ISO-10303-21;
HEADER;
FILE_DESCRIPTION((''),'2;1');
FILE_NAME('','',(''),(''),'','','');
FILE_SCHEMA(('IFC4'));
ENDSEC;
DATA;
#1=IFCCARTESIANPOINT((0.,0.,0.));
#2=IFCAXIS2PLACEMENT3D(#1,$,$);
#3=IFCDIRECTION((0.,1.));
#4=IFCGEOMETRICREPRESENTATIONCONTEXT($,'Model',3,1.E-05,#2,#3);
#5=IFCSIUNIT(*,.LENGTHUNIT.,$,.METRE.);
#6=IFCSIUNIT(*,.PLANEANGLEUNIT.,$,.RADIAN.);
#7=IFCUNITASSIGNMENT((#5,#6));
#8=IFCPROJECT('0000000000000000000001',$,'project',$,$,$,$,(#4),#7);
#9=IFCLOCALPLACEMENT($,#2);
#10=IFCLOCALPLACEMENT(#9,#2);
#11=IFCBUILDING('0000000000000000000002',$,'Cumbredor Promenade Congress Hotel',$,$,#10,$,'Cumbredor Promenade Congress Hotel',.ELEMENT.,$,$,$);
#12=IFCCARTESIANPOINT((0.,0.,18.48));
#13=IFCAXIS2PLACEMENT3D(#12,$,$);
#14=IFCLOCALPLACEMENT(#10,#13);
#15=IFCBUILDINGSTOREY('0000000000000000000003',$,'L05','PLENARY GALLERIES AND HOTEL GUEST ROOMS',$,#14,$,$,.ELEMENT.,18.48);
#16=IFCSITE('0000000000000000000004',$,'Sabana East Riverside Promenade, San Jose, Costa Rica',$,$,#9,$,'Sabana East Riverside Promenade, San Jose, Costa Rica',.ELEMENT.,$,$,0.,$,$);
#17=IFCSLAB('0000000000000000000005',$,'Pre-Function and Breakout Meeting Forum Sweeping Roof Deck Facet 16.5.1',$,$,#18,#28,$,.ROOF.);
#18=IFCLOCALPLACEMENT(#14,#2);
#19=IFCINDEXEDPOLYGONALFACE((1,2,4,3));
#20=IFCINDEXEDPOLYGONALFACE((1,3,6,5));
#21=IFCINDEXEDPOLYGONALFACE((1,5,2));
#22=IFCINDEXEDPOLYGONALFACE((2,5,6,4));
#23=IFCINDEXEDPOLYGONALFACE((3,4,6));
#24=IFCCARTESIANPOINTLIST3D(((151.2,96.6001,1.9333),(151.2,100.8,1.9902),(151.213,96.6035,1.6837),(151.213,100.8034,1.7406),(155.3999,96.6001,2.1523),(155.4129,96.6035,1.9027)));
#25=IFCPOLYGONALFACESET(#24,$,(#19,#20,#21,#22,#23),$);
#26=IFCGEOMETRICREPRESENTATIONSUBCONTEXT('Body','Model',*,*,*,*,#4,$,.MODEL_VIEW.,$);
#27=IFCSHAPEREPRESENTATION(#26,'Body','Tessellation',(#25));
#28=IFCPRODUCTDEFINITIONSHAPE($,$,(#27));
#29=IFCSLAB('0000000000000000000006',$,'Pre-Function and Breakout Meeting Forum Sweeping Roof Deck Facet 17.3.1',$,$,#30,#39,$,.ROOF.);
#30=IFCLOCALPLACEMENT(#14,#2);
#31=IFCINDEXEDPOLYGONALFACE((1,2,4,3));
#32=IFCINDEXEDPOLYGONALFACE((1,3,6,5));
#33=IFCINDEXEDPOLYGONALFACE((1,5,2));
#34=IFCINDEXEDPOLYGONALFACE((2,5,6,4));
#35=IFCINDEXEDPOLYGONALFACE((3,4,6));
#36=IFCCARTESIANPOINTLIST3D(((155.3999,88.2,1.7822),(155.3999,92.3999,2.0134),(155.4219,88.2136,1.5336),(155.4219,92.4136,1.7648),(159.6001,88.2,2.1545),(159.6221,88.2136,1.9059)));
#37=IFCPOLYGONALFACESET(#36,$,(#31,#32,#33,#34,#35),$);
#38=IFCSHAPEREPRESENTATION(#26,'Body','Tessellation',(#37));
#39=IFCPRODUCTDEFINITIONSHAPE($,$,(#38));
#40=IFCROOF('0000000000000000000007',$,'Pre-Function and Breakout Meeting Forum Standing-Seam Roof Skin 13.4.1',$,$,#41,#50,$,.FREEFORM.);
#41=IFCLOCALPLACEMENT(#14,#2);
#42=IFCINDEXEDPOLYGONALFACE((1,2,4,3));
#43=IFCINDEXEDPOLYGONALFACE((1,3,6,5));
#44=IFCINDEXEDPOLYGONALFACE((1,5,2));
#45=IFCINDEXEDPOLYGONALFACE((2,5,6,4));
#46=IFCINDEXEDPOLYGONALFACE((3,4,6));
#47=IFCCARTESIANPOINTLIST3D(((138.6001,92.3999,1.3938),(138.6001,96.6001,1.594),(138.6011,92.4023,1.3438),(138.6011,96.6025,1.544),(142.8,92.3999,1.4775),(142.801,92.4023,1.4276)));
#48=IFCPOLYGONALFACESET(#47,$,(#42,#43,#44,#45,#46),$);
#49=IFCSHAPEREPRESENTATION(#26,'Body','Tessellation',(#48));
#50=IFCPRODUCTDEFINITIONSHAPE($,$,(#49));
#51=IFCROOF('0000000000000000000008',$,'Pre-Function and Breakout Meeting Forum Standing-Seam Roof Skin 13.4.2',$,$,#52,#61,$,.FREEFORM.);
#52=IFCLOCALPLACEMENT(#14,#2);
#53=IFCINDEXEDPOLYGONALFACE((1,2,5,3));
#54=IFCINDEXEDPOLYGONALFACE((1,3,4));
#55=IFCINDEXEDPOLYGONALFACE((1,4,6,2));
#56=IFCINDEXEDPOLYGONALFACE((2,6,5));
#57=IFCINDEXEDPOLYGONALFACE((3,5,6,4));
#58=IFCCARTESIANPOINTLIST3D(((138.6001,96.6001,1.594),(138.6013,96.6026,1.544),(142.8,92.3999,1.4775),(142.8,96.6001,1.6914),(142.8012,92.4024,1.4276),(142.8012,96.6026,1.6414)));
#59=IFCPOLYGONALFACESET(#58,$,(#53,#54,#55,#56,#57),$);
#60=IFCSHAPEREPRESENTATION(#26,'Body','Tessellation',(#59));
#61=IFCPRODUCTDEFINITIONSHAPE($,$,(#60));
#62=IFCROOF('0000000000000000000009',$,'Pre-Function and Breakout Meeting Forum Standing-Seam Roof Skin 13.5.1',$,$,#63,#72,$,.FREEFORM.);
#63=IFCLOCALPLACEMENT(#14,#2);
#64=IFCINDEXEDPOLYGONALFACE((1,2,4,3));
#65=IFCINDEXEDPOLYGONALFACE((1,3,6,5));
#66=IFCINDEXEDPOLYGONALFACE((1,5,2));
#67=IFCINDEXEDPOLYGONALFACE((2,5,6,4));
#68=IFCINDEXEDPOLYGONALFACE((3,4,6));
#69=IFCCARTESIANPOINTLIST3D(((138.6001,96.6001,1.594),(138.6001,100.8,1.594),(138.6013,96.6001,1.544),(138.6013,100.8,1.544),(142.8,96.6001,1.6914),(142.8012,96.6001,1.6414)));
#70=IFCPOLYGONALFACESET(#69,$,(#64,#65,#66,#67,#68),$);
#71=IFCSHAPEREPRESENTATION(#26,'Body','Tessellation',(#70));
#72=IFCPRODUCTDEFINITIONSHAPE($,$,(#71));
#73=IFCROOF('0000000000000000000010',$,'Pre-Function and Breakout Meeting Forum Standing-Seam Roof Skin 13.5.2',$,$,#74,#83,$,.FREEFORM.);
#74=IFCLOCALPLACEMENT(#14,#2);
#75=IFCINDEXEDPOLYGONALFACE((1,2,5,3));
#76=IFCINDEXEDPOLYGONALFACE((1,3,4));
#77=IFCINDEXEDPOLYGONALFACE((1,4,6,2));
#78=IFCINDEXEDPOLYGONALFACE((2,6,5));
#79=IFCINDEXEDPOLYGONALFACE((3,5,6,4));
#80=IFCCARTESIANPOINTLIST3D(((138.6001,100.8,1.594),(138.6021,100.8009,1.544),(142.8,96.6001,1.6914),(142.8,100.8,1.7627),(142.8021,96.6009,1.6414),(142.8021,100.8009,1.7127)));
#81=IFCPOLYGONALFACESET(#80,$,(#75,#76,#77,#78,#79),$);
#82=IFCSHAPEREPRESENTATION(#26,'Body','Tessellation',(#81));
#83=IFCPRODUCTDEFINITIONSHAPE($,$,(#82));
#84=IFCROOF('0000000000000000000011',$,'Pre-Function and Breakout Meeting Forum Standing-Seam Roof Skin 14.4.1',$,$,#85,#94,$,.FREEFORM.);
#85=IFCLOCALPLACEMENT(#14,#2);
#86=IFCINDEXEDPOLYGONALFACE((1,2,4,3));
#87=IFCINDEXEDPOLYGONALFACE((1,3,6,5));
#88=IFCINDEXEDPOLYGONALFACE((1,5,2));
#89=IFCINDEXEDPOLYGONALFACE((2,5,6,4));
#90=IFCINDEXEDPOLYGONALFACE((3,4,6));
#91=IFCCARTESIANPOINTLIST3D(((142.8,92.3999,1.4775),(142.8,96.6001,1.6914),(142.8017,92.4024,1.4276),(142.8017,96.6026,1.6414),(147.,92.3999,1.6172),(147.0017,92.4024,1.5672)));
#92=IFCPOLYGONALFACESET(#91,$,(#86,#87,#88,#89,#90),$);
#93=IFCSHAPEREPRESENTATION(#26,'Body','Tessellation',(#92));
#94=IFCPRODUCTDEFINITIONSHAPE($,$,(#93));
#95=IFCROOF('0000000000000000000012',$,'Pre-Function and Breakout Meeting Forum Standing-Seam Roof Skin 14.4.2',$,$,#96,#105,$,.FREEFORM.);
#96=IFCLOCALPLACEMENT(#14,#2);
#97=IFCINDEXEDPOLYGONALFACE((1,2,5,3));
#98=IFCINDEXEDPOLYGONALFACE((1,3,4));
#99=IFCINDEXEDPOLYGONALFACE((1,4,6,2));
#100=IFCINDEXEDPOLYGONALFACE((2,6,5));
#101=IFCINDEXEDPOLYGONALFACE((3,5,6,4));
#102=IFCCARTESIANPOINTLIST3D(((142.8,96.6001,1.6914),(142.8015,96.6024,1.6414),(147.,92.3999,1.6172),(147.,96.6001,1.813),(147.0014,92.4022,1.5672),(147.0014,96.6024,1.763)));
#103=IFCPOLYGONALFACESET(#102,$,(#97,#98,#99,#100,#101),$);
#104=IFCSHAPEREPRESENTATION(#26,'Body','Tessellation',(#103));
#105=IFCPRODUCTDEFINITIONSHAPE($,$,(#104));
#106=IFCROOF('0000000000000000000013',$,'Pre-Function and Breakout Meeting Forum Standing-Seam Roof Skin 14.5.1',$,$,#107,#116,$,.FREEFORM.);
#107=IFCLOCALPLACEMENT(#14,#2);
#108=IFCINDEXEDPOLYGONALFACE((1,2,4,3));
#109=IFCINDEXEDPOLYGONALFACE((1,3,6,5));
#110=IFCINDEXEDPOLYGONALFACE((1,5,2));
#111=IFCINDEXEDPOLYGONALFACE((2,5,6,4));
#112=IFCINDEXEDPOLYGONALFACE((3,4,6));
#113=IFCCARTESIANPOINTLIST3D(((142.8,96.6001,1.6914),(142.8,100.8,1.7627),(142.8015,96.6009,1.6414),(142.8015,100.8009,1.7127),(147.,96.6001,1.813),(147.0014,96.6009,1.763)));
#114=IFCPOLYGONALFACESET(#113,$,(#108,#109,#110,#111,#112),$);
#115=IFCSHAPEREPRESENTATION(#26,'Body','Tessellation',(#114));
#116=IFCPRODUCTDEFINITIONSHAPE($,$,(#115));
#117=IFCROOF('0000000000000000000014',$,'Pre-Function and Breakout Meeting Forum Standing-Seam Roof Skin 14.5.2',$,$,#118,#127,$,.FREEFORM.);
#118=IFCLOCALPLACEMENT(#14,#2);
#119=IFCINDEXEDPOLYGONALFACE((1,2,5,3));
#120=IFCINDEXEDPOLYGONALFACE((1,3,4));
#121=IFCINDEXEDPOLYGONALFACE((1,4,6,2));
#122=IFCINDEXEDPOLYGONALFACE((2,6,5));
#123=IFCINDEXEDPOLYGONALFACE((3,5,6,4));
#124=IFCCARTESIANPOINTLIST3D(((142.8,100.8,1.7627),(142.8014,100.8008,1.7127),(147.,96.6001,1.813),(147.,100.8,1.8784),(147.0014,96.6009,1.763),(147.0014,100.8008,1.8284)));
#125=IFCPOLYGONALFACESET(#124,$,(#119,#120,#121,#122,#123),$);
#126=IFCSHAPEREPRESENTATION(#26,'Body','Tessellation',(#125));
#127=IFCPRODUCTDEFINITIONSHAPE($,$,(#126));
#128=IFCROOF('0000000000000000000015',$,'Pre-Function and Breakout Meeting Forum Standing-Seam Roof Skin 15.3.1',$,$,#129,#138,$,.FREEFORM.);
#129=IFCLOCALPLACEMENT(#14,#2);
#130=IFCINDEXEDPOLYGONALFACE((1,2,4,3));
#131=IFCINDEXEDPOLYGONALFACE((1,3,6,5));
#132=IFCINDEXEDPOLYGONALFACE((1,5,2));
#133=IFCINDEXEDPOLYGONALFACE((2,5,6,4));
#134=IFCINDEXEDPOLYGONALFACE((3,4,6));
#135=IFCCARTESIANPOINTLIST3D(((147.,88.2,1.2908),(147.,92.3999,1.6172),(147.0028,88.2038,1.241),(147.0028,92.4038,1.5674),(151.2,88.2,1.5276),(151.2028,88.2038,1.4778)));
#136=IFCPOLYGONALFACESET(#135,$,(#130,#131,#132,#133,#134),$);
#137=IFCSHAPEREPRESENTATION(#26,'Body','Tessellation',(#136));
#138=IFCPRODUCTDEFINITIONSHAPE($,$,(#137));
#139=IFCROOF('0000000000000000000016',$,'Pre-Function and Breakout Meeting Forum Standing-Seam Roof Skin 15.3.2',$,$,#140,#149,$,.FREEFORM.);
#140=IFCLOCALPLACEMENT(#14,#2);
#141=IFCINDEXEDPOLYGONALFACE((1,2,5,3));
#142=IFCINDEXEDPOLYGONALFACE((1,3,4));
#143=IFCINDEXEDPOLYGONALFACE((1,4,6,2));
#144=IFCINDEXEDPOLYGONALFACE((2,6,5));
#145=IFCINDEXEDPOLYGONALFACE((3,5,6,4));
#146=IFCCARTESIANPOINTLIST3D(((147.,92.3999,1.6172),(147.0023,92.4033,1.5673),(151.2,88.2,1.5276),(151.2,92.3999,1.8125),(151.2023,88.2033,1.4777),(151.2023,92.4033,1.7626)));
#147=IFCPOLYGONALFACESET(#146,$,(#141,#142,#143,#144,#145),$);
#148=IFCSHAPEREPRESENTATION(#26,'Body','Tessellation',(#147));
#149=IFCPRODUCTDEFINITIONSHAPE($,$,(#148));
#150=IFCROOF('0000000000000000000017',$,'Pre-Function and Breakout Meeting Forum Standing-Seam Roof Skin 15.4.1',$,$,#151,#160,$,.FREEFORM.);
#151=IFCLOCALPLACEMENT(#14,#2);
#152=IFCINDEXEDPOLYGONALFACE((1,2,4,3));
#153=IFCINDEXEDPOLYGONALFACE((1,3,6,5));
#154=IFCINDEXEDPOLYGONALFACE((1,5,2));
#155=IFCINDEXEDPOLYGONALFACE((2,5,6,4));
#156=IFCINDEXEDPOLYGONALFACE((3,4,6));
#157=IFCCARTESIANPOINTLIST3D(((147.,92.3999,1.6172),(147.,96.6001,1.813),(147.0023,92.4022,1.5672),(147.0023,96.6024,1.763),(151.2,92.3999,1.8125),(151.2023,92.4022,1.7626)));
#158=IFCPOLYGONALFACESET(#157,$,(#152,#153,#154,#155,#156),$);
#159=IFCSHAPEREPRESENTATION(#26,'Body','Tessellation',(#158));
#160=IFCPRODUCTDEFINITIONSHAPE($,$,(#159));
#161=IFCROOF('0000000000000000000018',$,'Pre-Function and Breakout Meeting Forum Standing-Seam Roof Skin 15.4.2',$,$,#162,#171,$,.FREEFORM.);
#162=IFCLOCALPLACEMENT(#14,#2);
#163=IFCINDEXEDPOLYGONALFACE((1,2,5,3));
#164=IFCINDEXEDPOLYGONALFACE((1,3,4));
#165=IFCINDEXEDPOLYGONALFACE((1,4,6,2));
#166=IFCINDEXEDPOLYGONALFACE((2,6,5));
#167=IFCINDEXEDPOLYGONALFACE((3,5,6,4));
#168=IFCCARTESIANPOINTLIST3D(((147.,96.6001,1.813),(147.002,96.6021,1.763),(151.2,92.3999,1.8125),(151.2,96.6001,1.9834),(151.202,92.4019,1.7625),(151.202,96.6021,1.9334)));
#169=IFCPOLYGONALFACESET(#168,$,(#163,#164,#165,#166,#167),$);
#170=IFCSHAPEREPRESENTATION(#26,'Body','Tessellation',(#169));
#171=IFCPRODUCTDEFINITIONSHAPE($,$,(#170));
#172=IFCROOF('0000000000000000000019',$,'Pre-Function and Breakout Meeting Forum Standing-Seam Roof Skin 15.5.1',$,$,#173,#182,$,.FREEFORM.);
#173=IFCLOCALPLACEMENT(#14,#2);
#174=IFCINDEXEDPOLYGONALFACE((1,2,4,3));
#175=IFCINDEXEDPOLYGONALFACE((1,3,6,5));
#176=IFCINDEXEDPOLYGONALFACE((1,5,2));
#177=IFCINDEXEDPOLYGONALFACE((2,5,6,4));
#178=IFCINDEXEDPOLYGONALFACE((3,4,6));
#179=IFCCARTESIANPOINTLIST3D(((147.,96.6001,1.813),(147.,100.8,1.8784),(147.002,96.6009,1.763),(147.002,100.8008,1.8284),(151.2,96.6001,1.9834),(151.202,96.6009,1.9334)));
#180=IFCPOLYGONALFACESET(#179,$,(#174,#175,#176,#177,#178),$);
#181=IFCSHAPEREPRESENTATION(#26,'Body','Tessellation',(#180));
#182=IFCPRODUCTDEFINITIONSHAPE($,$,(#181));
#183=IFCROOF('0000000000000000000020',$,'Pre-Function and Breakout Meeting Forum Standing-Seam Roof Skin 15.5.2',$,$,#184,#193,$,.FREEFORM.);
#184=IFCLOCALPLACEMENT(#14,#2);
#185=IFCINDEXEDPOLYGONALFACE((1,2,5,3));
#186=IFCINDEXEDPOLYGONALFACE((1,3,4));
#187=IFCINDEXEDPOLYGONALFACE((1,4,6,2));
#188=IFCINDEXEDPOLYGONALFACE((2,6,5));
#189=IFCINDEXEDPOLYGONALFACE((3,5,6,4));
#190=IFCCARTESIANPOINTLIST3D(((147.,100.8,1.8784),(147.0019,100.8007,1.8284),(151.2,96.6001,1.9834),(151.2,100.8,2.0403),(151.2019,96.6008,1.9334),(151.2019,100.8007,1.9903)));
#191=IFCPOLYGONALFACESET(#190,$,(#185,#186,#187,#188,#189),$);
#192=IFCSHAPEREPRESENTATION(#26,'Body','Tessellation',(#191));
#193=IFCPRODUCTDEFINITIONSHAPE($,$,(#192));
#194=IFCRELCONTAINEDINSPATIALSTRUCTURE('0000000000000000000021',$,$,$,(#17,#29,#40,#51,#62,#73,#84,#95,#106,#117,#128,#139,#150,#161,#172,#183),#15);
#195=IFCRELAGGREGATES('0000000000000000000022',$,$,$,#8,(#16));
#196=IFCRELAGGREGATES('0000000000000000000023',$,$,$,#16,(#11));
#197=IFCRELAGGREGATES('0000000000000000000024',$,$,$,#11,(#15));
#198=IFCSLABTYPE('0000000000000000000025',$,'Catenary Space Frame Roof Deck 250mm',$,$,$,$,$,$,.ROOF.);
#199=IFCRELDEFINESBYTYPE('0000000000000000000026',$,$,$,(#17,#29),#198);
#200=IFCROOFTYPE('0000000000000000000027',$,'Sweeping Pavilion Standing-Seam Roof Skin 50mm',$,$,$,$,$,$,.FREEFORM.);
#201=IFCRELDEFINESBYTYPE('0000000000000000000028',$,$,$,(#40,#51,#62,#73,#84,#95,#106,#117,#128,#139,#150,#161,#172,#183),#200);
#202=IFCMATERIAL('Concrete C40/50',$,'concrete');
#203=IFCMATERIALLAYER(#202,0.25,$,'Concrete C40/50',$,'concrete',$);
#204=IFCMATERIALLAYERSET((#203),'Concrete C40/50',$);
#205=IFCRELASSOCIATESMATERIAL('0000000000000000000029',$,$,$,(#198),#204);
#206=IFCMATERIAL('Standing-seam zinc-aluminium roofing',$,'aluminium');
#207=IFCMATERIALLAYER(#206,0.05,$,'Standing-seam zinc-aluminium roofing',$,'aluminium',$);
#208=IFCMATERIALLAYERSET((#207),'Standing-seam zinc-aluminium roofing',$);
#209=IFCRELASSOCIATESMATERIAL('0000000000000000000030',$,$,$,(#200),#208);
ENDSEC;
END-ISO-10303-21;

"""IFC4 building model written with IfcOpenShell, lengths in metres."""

from ifc_helpers import new_model, si_unit, direction, frame, origin, place, context, subcontext, project, spatial, polyline, outline, extrude, material, layer, layer_set, type_object, element, save


model = new_model("IFC4")

# Units and contexts
model_context = context("Model", 3, precision=1e-05, world=origin(), true_north=direction((0.0, 1.0)))
body_context = subcontext(model_context, "Body", "Model", "MODEL_VIEW")
ifc_project = project(units=[si_unit("LENGTHUNIT", "METRE"), si_unit("PLANEANGLEUNIT", "RADIAN")], contexts=[model_context])

# Site, building, storey
site_placement = place(None, origin())
site = spatial("IfcSite", under=ifc_project, at=site_placement, Name="Sabana East Riverside Promenade, San Jose, Costa Rica", LongName="Sabana East Riverside Promenade, San Jose, Costa Rica", CompositionType="ELEMENT", RefElevation=0.0)
building_placement = place(site_placement, origin())
building = spatial("IfcBuilding", under=site, at=building_placement, Name="Cumbredor Promenade Congress Hotel", LongName="Cumbredor Promenade Congress Hotel", CompositionType="ELEMENT")
storey_placement = place(building_placement, frame((0.0, 0.0, 18.48)))
storey = spatial("IfcBuildingStorey", under=building, at=storey_placement, Name="L05", Description="PLENARY GALLERIES AND HOTEL GUEST ROOMS", CompositionType="ELEMENT", Elevation=18.48)

# Slabs
ifc_material_1 = material(Name="Concrete C40/50", Category="concrete")
ifc_layer_1 = layer(ifc_material_1, 0.25, Name="Concrete C40/50", Category="concrete")
ifc_layer_set_1 = layer_set([ifc_layer_1], Name="Concrete C40/50")
slab_type = type_object("IfcSlabType", Name="Catenary Space Frame Roof Deck 250mm", PredefinedType="ROOF", material=ifc_layer_set_1)
slab_1_placement = place(storey_placement, frame((151.2, 96.6001, 1.9333), z_axis=(-0.052067, -0.013525, 0.998552), x_axis=(0.998643, 0.0, 0.052071)))
element("IfcSlab", 1, at=slab_1_placement, inside=storey, type_object=slab_type, Name="Pre-Function and Breakout Meeting Forum Sweeping Roof Deck Facet 16.5.1", PredefinedType="ROOF", context=body_context, shape_type="SweptSolid", body=[
    extrude(outline(polyline([(0.0, 0.0), (4.2057, 0.0), (0.003, 4.2003), (0.0, 0.0)])), origin(), (0.0, 0.0, -1.0), 0.25),
])
slab_2_placement = place(storey_placement, frame((155.3999, 88.2, 1.7822), z_axis=(-0.088164, -0.054751, 0.9946), x_axis=(0.996094, 0.0, 0.088296)))
element("IfcSlab", 2, at=slab_2_placement, inside=storey, type_object=slab_type, Name="Pre-Function and Breakout Meeting Forum Sweeping Roof Deck Facet 17.3.1", PredefinedType="ROOF", context=body_context, shape_type="SweptSolid", body=[
    extrude(outline(polyline([(0.0, 0.0), (4.2167, 0.0), (0.0204, 4.2063), (0.0, 0.0)])), origin(), (0.0, 0.0, -1.0), 0.25),
])

# Roofs
ifc_material_2 = material(Name="Standing-seam zinc-aluminium roofing", Category="aluminium")
ifc_layer_2 = layer(ifc_material_2, 0.05, Name="Standing-seam zinc-aluminium roofing", Category="aluminium")
ifc_layer_set_2 = layer_set([ifc_layer_2], Name="Standing-seam zinc-aluminium roofing")
roof_type = type_object("IfcRoofType", Name="Sweeping Pavilion Standing-Seam Roof Skin 50mm", PredefinedType="FREEFORM", material=ifc_layer_set_2)
roof_1_placement = place(storey_placement, frame((138.6001, 92.3999, 1.3938), z_axis=(-0.019912, -0.0476, 0.998668), x_axis=(0.999801, 0.0, 0.019934)))
element("IfcRoof", 3, at=roof_1_placement, inside=storey, type_object=roof_type, Name="Pre-Function and Breakout Meeting Forum Standing-Seam Roof Skin 13.4.1", PredefinedType="FREEFORM", context=body_context, shape_type="SweptSolid", body=[
    extrude(outline(polyline([(0.0, 0.0), (4.2008, 0.0), (0.004, 4.205), (0.0, 0.0)])), origin(), (0.0, 0.0, -1.0), 0.05),
])
roof_2_placement = place(storey_placement, frame((142.8, 92.3999, 1.4775), z_axis=(-0.023157, -0.050839, 0.998438), x_axis=(0.0, 0.998706, 0.050853)))
element("IfcRoof", 4, at=roof_2_placement, inside=storey, type_object=roof_type, Name="Pre-Function and Breakout Meeting Forum Standing-Seam Roof Skin 13.4.2", PredefinedType="FREEFORM", context=body_context, shape_type="SweptSolid", body=[
    extrude(outline(polyline([(0.0, 0.0), (4.2056, 0.0), (4.2007, 4.2011), (0.0, 0.0)])), origin(), (0.0, 0.0, -1.0), 0.05),
])
roof_3_placement = place(storey_placement, frame((138.6001, 96.6001, 1.594), z_axis=(-0.023187, 0.0, 0.999731), x_axis=(0.999731, 0.0, 0.023187)))
element("IfcRoof", 5, at=roof_3_placement, inside=storey, type_object=roof_type, Name="Pre-Function and Breakout Meeting Forum Standing-Seam Roof Skin 13.5.1", PredefinedType="FREEFORM", context=body_context, shape_type="SweptSolid", body=[
    extrude(outline(polyline([(0.0, 0.0), (4.2011, 0.0), (0.0, 4.2), (0.0, 0.0)])), origin(), (0.0, 0.0, -1.0), 0.05),
])
roof_4_placement = place(storey_placement, frame((142.8, 96.6001, 1.6914), z_axis=(-0.040129, -0.016958, 0.999051), x_axis=(0.0, 0.999856, 0.016971)))
element("IfcRoof", 6, at=roof_4_placement, inside=storey, type_object=roof_type, Name="Pre-Function and Breakout Meeting Forum Standing-Seam Roof Skin 13.5.2", PredefinedType="FREEFORM", context=body_context, shape_type="SweptSolid", body=[
    extrude(outline(polyline([(0.0, 0.0), (4.2006, 0.0), (4.1977, 4.2033), (0.0, 0.0)])), origin(), (0.0, 0.0, -1.0), 0.05),
])
roof_5_placement = place(storey_placement, frame((142.8, 92.3999, 1.4775), z_axis=(-0.033189, -0.050824, 0.998156), x_axis=(0.999448, 0.0, 0.033232)))
element("IfcRoof", 7, at=roof_5_placement, inside=storey, type_object=roof_type, Name="Pre-Function and Breakout Meeting Forum Standing-Seam Roof Skin 14.4.1", PredefinedType="FREEFORM", context=body_context, shape_type="SweptSolid", body=[
    extrude(outline(polyline([(0.0, 0.0), (4.2023, 0.0), (0.0071, 4.2056), (0.0, 0.0)])), origin(), (0.0, 0.0, -1.0), 0.05),
])
roof_6_placement = place(storey_placement, frame((147.0, 92.3999, 1.6172), z_axis=(-0.028905, -0.046547, 0.998498), x_axis=(0.0, 0.998915, 0.046566)))
element("IfcRoof", 8, at=roof_6_placement, inside=storey, type_object=roof_type, Name="Pre-Function and Breakout Meeting Forum Standing-Seam Roof Skin 14.4.2", PredefinedType="FREEFORM", context=body_context, shape_type="SweptSolid", body=[
    extrude(outline(polyline([(0.0, 0.0), (4.2048, 0.0), (4.1991, 4.2017), (0.0, 0.0)])), origin(), (0.0, 0.0, -1.0), 0.05),
])
roof_7_placement = place(storey_placement, frame((142.8, 96.6001, 1.6914), z_axis=(-0.028932, -0.016964, 0.999437), x_axis=(0.999581, 0.0, 0.028936)))
element("IfcRoof", 9, at=roof_7_placement, inside=storey, type_object=roof_type, Name="Pre-Function and Breakout Meeting Forum Standing-Seam Roof Skin 14.5.1", PredefinedType="FREEFORM", context=body_context, shape_type="SweptSolid", body=[
    extrude(outline(polyline([(0.0, 0.0), (4.2017, 0.0), (0.0021, 4.2006), (0.0, 0.0)])), origin(), (0.0, 0.0, -1.0), 0.05),
])
roof_8_placement = place(storey_placement, frame((147.0, 96.6001, 1.813), z_axis=(-0.02754, -0.015571, 0.999499), x_axis=(0.0, 0.999879, 0.015577)))
element("IfcRoof", 10, at=roof_8_placement, inside=storey, type_object=roof_type, Name="Pre-Function and Breakout Meeting Forum Standing-Seam Roof Skin 14.5.2", PredefinedType="FREEFORM", context=body_context, shape_type="SweptSolid", body=[
    extrude(outline(polyline([(0.0, 0.0), (4.2005, 0.0), (4.1987, 4.2015), (0.0, 0.0)])), origin(), (0.0, 0.0, -1.0), 0.05),
])
roof_9_placement = place(storey_placement, frame((147.0, 88.2, 1.2908), z_axis=(-0.056127, -0.077363, 0.995422), x_axis=(0.998414, 0.0, 0.056296)))
element("IfcRoof", 11, at=roof_9_placement, inside=storey, type_object=roof_type, Name="Pre-Function and Breakout Meeting Forum Standing-Seam Roof Skin 15.3.1", PredefinedType="FREEFORM", context=body_context, shape_type="SweptSolid", body=[
    extrude(outline(polyline([(0.0, 0.0), (4.2066, 0.0), (0.0184, 4.2126), (0.0, 0.0)])), origin(), (0.0, 0.0, -1.0), 0.05),
])
roof_10_placement = place(storey_placement, frame((151.2, 88.2, 1.5276), z_axis=(-0.046347, -0.067609, 0.996635), x_axis=(0.0, 0.997707, 0.067681)))
element("IfcRoof", 12, at=roof_10_placement, inside=storey, type_object=roof_type, Name="Pre-Function and Breakout Meeting Forum Standing-Seam Roof Skin 15.3.2", PredefinedType="FREEFORM", context=body_context, shape_type="SweptSolid", body=[
    extrude(outline(polyline([(0.0, 0.0), (4.2096, 0.0), (4.1964, 4.2045), (0.0, 0.0)])), origin(), (0.0, 0.0, -1.0), 0.05),
])
roof_11_placement = place(storey_placement, frame((147.0, 92.3999, 1.6172), z_axis=(-0.046403, -0.046516, 0.997839), x_axis=(0.99892, 0.0, 0.046453)))
element("IfcRoof", 13, at=roof_11_placement, inside=storey, type_object=roof_type, Name="Pre-Function and Breakout Meeting Forum Standing-Seam Roof Skin 15.4.1", PredefinedType="FREEFORM", context=body_context, shape_type="SweptSolid", body=[
    extrude(outline(polyline([(0.0, 0.0), (4.2045, 0.0), (0.0091, 4.2047), (0.0, 0.0)])), origin(), (0.0, 0.0, -1.0), 0.05),
])
roof_12_placement = place(storey_placement, frame((151.2, 92.3999, 1.8125), z_axis=(-0.040507, -0.040621, 0.998353), x_axis=(0.0, 0.999173, 0.040655)))
element("IfcRoof", 14, at=roof_12_placement, inside=storey, type_object=roof_type, Name="Pre-Function and Breakout Meeting Forum Standing-Seam Roof Skin 15.4.2", PredefinedType="FREEFORM", context=body_context, shape_type="SweptSolid", body=[
    extrude(outline(polyline([(0.0, 0.0), (4.2037, 0.0), (4.1967, 4.2034), (0.0, 0.0)])), origin(), (0.0, 0.0, -1.0), 0.05),
])
roof_13_placement = place(storey_placement, frame((147.0, 96.6001, 1.813), z_axis=(-0.040536, -0.015564, 0.999057), x_axis=(0.999178, 0.0, 0.040541)))
element("IfcRoof", 15, at=roof_13_placement, inside=storey, type_object=roof_type, Name="Pre-Function and Breakout Meeting Forum Standing-Seam Roof Skin 15.5.1", PredefinedType="FREEFORM", context=body_context, shape_type="SweptSolid", body=[
    extrude(outline(polyline([(0.0, 0.0), (4.2034, 0.0), (0.0027, 4.2005), (0.0, 0.0)])), origin(), (0.0, 0.0, -1.0), 0.05),
])
roof_14_placement = place(storey_placement, frame((151.2, 96.6001, 1.9834), z_axis=(-0.038508, -0.013533, 0.999167), x_axis=(0.0, 0.999908, 0.013543)))
element("IfcRoof", 16, at=roof_14_placement, inside=storey, type_object=roof_type, Name="Pre-Function and Breakout Meeting Forum Standing-Seam Roof Skin 15.5.2", PredefinedType="FREEFORM", context=body_context, shape_type="SweptSolid", body=[
    extrude(outline(polyline([(0.0, 0.0), (4.2003, 0.0), (4.1981, 4.2031), (0.0, 0.0)])), origin(), (0.0, 0.0, -1.0), 0.05),
])

save(model, "model.ifc")
